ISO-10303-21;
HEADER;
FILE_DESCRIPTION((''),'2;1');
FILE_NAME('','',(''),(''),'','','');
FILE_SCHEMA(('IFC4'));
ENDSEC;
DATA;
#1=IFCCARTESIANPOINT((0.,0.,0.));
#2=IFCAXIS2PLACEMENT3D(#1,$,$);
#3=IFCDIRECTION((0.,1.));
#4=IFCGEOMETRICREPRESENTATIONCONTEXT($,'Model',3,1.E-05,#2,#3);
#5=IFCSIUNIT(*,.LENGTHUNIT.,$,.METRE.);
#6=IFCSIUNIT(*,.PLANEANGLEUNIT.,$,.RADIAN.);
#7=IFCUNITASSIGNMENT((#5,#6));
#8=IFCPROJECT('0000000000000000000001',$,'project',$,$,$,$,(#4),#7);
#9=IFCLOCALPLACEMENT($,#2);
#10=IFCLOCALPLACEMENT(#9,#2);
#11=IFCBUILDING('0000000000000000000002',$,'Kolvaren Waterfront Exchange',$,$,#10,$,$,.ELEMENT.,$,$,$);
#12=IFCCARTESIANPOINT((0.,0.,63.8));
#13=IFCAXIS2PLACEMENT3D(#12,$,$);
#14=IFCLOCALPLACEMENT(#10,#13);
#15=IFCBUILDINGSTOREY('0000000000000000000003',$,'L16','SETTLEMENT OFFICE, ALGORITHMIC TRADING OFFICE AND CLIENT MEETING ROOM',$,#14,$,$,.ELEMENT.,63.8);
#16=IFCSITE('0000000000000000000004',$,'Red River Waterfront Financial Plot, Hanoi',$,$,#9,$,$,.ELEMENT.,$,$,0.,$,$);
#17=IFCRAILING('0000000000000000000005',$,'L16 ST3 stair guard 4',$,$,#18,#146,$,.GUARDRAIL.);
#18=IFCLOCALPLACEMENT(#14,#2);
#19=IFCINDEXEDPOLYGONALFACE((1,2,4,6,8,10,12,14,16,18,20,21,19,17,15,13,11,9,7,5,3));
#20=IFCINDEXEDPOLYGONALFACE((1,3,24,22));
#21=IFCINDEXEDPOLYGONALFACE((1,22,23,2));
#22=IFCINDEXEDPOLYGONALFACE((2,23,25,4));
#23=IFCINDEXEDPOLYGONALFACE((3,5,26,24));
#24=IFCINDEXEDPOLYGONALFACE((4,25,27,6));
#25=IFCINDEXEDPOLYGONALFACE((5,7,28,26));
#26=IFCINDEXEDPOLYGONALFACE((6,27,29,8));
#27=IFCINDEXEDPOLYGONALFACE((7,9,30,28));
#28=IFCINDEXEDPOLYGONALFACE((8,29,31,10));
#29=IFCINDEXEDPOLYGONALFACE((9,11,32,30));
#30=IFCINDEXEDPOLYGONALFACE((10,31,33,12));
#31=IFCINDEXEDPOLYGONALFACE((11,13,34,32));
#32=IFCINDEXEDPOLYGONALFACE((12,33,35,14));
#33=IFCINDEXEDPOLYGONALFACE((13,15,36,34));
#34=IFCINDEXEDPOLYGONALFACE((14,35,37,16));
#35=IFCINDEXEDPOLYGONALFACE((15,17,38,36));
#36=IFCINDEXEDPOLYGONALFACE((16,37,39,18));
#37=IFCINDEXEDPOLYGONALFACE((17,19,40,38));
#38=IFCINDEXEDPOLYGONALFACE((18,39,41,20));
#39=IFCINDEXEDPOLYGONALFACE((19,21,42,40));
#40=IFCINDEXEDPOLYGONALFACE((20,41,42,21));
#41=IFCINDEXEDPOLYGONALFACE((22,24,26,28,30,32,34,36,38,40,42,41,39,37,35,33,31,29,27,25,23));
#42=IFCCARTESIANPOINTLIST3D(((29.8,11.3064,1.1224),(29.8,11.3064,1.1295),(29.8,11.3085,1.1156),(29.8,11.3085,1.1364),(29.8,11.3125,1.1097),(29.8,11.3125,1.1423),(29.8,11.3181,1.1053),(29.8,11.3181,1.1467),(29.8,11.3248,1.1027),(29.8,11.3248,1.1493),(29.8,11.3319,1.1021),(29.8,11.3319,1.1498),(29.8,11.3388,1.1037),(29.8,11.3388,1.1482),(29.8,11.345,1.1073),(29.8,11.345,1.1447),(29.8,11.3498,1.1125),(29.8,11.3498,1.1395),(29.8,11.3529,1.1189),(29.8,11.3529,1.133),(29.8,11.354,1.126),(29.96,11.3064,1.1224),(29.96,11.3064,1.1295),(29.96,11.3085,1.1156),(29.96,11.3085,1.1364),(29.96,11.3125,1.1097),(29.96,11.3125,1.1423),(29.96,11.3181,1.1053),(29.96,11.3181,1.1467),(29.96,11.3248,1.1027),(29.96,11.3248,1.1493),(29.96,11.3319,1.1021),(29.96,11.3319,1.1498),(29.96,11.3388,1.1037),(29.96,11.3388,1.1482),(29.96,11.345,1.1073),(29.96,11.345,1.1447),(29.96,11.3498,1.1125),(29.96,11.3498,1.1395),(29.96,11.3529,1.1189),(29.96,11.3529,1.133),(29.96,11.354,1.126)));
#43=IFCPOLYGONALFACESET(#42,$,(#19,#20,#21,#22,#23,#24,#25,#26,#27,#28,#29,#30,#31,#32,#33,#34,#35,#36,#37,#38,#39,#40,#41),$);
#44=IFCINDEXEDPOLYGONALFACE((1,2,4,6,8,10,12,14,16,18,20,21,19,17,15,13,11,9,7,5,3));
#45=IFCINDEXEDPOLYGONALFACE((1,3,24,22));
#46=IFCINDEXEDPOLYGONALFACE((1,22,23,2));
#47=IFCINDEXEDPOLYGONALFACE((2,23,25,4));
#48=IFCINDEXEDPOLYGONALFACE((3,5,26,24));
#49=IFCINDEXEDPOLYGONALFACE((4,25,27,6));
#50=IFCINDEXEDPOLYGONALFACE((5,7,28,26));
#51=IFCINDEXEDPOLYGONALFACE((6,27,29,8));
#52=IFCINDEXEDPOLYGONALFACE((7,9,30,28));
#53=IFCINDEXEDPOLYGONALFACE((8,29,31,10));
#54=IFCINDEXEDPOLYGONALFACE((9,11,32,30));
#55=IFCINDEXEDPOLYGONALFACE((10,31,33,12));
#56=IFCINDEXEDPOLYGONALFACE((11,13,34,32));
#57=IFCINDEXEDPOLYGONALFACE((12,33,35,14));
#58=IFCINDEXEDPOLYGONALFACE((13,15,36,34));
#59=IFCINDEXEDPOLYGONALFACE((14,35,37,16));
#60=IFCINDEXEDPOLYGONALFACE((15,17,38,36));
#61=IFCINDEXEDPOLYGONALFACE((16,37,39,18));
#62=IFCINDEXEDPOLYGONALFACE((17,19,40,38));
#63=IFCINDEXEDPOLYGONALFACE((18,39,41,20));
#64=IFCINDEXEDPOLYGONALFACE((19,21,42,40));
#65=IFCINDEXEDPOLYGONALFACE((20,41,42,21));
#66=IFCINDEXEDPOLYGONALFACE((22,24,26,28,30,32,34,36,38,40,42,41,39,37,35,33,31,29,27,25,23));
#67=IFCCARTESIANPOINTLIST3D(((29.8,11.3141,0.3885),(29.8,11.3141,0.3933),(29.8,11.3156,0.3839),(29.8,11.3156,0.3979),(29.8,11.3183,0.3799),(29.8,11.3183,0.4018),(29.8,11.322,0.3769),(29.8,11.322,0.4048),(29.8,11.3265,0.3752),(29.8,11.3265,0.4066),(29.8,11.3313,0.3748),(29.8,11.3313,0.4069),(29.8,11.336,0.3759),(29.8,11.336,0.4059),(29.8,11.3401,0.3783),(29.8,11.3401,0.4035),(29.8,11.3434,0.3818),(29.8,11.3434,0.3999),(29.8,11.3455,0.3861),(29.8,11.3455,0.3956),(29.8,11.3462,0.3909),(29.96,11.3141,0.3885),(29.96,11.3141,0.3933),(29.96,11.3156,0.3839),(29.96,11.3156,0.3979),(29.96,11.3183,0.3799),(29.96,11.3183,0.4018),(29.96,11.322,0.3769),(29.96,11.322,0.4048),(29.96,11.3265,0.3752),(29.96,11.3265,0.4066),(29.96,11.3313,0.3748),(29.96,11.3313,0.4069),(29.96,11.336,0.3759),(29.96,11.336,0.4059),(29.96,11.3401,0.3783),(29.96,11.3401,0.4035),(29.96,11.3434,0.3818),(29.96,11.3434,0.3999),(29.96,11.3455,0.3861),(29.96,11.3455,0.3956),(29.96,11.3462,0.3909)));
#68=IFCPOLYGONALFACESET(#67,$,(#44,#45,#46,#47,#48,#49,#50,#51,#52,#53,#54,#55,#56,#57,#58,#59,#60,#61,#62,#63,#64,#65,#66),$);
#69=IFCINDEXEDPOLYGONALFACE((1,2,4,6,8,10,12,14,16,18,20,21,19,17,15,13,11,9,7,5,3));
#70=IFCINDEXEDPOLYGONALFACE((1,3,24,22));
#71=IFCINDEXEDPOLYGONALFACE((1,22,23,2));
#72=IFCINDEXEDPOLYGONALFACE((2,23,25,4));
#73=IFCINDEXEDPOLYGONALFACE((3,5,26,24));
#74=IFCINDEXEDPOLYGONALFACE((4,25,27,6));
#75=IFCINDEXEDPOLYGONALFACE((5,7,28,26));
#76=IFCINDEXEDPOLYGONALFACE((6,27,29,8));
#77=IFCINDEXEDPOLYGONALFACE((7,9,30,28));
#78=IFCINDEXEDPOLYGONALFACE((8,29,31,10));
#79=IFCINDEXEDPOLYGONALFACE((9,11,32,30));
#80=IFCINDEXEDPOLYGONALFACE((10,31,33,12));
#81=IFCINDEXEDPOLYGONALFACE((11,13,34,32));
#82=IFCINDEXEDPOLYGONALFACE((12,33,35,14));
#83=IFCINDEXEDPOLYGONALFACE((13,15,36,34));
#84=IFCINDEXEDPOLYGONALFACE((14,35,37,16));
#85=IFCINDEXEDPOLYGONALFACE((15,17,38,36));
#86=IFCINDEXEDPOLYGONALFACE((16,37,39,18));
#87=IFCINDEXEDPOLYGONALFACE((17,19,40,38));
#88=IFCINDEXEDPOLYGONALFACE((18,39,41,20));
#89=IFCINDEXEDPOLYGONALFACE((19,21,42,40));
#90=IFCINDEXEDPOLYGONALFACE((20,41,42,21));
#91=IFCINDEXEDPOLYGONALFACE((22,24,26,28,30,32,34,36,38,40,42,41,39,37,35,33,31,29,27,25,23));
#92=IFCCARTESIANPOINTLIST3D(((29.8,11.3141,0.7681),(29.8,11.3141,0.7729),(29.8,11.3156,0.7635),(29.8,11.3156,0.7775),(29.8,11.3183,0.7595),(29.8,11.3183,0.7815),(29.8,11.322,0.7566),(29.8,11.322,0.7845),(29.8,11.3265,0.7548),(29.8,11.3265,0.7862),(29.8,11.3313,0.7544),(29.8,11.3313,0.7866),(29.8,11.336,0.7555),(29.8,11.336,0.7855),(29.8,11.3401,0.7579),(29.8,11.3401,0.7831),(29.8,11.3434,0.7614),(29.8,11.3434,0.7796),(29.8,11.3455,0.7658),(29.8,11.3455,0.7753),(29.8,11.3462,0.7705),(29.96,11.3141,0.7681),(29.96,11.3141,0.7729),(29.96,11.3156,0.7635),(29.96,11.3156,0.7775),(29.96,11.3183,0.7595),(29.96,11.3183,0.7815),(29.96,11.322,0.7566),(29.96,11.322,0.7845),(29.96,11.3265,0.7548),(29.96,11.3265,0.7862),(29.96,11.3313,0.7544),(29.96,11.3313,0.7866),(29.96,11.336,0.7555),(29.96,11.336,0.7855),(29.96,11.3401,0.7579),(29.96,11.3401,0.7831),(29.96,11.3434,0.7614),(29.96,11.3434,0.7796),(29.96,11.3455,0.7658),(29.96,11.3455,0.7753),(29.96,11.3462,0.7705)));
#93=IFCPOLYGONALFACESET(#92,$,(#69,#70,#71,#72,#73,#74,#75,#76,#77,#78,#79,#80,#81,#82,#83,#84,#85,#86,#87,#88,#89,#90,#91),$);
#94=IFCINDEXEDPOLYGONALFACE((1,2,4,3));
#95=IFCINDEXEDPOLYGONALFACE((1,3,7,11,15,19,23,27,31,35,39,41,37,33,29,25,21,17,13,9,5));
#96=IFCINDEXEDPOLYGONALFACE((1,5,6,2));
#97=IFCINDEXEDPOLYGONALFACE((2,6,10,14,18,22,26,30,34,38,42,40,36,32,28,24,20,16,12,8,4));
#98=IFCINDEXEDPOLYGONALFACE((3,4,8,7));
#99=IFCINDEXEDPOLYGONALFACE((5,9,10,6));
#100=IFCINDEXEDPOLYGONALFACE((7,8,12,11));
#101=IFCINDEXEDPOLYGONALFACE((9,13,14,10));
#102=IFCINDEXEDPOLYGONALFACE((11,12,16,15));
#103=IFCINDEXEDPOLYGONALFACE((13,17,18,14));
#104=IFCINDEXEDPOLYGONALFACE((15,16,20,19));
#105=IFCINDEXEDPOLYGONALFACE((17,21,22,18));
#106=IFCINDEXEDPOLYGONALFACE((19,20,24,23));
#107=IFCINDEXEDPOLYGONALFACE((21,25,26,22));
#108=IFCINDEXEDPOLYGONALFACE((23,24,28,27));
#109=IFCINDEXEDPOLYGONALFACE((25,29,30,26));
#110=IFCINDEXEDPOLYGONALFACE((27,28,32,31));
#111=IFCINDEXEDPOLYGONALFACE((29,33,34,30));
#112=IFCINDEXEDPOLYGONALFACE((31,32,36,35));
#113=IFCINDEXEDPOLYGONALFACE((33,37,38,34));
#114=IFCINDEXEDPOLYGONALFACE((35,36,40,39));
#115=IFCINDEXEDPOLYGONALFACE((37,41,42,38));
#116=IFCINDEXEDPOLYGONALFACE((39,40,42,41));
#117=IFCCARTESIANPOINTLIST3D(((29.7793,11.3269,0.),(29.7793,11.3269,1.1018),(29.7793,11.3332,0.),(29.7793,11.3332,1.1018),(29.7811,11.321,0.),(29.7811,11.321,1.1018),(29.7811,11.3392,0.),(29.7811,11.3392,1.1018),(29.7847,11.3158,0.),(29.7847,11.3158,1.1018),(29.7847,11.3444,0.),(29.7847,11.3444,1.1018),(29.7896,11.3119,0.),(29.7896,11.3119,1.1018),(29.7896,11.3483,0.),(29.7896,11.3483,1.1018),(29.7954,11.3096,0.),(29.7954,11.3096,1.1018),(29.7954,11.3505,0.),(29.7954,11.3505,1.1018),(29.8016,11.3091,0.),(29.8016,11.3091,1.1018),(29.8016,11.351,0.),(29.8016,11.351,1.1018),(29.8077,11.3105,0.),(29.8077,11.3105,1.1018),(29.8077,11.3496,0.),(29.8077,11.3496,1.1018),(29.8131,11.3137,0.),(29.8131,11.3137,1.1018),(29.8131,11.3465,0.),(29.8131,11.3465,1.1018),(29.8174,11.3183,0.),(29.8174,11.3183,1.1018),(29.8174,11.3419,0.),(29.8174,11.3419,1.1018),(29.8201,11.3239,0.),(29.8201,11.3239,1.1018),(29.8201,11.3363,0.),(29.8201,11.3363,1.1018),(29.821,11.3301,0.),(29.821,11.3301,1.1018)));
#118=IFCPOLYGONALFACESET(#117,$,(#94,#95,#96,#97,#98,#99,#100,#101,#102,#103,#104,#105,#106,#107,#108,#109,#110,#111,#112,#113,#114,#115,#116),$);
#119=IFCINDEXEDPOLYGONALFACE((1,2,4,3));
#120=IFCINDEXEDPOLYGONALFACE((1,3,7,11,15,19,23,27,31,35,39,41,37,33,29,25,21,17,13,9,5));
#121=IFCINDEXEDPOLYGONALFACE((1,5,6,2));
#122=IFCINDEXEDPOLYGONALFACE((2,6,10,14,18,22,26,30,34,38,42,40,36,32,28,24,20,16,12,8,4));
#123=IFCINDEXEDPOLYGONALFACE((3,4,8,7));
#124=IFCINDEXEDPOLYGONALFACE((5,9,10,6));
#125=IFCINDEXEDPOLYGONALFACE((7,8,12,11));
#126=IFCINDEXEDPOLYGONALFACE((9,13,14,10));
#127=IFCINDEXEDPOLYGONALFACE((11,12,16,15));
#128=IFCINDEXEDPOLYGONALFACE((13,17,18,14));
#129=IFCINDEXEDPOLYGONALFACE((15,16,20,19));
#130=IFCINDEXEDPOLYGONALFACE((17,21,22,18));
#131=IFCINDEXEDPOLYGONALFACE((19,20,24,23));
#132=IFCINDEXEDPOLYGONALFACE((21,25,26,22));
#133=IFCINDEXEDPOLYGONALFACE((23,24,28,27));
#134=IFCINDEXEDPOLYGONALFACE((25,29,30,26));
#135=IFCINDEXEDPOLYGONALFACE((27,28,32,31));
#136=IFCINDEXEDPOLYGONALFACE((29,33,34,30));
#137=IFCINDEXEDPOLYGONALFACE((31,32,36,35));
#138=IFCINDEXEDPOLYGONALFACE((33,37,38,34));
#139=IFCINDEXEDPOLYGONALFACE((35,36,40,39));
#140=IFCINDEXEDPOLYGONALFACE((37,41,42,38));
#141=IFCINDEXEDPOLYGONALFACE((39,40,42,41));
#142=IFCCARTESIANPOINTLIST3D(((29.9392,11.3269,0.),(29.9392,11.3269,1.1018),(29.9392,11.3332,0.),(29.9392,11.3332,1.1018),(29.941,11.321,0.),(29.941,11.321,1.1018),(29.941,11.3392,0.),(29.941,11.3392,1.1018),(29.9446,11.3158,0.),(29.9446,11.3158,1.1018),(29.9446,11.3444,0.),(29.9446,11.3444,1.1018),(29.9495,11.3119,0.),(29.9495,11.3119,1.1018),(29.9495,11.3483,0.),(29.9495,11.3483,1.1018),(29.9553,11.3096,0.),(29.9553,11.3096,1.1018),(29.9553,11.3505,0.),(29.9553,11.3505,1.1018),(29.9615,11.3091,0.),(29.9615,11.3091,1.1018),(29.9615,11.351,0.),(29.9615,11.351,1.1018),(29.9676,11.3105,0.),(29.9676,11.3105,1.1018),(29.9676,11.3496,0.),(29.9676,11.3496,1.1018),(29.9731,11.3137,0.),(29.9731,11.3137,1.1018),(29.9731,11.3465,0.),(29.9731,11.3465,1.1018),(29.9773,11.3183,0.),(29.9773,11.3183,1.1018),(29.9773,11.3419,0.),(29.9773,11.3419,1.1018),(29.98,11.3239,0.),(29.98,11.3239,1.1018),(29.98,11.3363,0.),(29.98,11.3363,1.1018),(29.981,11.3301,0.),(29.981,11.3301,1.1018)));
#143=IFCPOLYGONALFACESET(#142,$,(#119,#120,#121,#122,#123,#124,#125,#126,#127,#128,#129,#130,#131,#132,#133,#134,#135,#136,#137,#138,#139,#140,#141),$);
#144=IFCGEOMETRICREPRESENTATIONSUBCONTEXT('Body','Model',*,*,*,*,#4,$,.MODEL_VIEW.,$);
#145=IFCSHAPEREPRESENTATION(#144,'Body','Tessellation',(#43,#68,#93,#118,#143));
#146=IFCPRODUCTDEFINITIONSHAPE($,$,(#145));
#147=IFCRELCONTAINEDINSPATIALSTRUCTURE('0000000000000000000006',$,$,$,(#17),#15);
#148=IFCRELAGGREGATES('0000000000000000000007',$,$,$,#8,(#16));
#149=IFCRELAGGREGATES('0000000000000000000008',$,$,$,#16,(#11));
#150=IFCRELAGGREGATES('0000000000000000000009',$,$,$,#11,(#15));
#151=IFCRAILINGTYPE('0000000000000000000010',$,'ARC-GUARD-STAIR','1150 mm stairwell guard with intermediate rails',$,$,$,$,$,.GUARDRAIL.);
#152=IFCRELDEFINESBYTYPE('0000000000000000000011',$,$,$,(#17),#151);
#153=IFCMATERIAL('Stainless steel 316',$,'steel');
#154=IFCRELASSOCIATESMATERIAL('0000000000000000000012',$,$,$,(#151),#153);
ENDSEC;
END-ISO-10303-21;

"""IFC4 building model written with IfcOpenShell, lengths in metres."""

from ifc_helpers import new_model, si_unit, direction, frame, origin, origin_2d, place, context, subcontext, project, spatial, circle, extrude, material, type_object, element, save


model = new_model("IFC4")

# Units and contexts
model_context = context("Model", 3, precision=1e-05, world=origin(), true_north=direction((0.0, 1.0)))
body_context = subcontext(model_context, "Body", "Model", "MODEL_VIEW")
ifc_project = project(units=[si_unit("LENGTHUNIT", "METRE"), si_unit("PLANEANGLEUNIT", "RADIAN")], contexts=[model_context])

# Site, building, storey
site_placement = place(None, origin())
site = spatial("IfcSite", under=ifc_project, at=site_placement, Name="Red River Waterfront Financial Plot, Hanoi", CompositionType="ELEMENT", RefElevation=0.0)
building_placement = place(site_placement, origin())
building = spatial("IfcBuilding", under=site, at=building_placement, Name="Kolvaren Waterfront Exchange", CompositionType="ELEMENT")
storey_placement = place(building_placement, frame((0.0, 0.0, 63.8)))
storey = spatial("IfcBuildingStorey", under=building, at=storey_placement, Name="L16", Description="SETTLEMENT OFFICE, ALGORITHMIC TRADING OFFICE AND CLIENT MEETING ROOM", CompositionType="ELEMENT", Elevation=63.8)

# Railing
ifc_material_1 = material(Name="Stainless steel 316", Category="steel")
railing_type = type_object("IfcRailingType", Name="ARC-GUARD-STAIR", Description="1150 mm stairwell guard with intermediate rails", PredefinedType="GUARDRAIL", material=ifc_material_1)
railing_1_placement = place(storey_placement, frame((29.8, 11.3301, 0.0)))
element("IfcRailing", 1, at=railing_1_placement, inside=storey, type_object=railing_type, Name="L16 ST3 stair guard 4", PredefinedType="GUARDRAIL", context=body_context, shape_type="SweptSolid", body=[
    extrude(circle(Radius=0.0239, at=origin_2d()), frame((0.0, 0.0, 1.126), z_axis=(1.0, 0.0, 0.0), x_axis=(0.0, 1.0, 0.0)), (0.0, 0.0, 1.0), 0.1599),
    extrude(circle(Radius=0.0161, at=origin_2d()), frame((0.0, 0.0, 0.3909), z_axis=(1.0, 0.0, 0.0), x_axis=(0.0, 1.0, 0.0)), (0.0, 0.0, 1.0), 0.1599),
    extrude(circle(Radius=0.0161, at=origin_2d()), frame((0.0, 0.0, 0.7705), z_axis=(1.0, 0.0, 0.0), x_axis=(0.0, 1.0, 0.0)), (0.0, 0.0, 1.0), 0.1599),
    extrude(circle(Radius=0.021, at=origin_2d()), origin(), (0.0, 0.0, 1.0), 1.1018),
    extrude(circle(Radius=0.021, at=origin_2d()), frame((0.1599, 0.0, 0.0)), (0.0, 0.0, 1.0), 1.1018),
])

save(model, "model.ifc")
